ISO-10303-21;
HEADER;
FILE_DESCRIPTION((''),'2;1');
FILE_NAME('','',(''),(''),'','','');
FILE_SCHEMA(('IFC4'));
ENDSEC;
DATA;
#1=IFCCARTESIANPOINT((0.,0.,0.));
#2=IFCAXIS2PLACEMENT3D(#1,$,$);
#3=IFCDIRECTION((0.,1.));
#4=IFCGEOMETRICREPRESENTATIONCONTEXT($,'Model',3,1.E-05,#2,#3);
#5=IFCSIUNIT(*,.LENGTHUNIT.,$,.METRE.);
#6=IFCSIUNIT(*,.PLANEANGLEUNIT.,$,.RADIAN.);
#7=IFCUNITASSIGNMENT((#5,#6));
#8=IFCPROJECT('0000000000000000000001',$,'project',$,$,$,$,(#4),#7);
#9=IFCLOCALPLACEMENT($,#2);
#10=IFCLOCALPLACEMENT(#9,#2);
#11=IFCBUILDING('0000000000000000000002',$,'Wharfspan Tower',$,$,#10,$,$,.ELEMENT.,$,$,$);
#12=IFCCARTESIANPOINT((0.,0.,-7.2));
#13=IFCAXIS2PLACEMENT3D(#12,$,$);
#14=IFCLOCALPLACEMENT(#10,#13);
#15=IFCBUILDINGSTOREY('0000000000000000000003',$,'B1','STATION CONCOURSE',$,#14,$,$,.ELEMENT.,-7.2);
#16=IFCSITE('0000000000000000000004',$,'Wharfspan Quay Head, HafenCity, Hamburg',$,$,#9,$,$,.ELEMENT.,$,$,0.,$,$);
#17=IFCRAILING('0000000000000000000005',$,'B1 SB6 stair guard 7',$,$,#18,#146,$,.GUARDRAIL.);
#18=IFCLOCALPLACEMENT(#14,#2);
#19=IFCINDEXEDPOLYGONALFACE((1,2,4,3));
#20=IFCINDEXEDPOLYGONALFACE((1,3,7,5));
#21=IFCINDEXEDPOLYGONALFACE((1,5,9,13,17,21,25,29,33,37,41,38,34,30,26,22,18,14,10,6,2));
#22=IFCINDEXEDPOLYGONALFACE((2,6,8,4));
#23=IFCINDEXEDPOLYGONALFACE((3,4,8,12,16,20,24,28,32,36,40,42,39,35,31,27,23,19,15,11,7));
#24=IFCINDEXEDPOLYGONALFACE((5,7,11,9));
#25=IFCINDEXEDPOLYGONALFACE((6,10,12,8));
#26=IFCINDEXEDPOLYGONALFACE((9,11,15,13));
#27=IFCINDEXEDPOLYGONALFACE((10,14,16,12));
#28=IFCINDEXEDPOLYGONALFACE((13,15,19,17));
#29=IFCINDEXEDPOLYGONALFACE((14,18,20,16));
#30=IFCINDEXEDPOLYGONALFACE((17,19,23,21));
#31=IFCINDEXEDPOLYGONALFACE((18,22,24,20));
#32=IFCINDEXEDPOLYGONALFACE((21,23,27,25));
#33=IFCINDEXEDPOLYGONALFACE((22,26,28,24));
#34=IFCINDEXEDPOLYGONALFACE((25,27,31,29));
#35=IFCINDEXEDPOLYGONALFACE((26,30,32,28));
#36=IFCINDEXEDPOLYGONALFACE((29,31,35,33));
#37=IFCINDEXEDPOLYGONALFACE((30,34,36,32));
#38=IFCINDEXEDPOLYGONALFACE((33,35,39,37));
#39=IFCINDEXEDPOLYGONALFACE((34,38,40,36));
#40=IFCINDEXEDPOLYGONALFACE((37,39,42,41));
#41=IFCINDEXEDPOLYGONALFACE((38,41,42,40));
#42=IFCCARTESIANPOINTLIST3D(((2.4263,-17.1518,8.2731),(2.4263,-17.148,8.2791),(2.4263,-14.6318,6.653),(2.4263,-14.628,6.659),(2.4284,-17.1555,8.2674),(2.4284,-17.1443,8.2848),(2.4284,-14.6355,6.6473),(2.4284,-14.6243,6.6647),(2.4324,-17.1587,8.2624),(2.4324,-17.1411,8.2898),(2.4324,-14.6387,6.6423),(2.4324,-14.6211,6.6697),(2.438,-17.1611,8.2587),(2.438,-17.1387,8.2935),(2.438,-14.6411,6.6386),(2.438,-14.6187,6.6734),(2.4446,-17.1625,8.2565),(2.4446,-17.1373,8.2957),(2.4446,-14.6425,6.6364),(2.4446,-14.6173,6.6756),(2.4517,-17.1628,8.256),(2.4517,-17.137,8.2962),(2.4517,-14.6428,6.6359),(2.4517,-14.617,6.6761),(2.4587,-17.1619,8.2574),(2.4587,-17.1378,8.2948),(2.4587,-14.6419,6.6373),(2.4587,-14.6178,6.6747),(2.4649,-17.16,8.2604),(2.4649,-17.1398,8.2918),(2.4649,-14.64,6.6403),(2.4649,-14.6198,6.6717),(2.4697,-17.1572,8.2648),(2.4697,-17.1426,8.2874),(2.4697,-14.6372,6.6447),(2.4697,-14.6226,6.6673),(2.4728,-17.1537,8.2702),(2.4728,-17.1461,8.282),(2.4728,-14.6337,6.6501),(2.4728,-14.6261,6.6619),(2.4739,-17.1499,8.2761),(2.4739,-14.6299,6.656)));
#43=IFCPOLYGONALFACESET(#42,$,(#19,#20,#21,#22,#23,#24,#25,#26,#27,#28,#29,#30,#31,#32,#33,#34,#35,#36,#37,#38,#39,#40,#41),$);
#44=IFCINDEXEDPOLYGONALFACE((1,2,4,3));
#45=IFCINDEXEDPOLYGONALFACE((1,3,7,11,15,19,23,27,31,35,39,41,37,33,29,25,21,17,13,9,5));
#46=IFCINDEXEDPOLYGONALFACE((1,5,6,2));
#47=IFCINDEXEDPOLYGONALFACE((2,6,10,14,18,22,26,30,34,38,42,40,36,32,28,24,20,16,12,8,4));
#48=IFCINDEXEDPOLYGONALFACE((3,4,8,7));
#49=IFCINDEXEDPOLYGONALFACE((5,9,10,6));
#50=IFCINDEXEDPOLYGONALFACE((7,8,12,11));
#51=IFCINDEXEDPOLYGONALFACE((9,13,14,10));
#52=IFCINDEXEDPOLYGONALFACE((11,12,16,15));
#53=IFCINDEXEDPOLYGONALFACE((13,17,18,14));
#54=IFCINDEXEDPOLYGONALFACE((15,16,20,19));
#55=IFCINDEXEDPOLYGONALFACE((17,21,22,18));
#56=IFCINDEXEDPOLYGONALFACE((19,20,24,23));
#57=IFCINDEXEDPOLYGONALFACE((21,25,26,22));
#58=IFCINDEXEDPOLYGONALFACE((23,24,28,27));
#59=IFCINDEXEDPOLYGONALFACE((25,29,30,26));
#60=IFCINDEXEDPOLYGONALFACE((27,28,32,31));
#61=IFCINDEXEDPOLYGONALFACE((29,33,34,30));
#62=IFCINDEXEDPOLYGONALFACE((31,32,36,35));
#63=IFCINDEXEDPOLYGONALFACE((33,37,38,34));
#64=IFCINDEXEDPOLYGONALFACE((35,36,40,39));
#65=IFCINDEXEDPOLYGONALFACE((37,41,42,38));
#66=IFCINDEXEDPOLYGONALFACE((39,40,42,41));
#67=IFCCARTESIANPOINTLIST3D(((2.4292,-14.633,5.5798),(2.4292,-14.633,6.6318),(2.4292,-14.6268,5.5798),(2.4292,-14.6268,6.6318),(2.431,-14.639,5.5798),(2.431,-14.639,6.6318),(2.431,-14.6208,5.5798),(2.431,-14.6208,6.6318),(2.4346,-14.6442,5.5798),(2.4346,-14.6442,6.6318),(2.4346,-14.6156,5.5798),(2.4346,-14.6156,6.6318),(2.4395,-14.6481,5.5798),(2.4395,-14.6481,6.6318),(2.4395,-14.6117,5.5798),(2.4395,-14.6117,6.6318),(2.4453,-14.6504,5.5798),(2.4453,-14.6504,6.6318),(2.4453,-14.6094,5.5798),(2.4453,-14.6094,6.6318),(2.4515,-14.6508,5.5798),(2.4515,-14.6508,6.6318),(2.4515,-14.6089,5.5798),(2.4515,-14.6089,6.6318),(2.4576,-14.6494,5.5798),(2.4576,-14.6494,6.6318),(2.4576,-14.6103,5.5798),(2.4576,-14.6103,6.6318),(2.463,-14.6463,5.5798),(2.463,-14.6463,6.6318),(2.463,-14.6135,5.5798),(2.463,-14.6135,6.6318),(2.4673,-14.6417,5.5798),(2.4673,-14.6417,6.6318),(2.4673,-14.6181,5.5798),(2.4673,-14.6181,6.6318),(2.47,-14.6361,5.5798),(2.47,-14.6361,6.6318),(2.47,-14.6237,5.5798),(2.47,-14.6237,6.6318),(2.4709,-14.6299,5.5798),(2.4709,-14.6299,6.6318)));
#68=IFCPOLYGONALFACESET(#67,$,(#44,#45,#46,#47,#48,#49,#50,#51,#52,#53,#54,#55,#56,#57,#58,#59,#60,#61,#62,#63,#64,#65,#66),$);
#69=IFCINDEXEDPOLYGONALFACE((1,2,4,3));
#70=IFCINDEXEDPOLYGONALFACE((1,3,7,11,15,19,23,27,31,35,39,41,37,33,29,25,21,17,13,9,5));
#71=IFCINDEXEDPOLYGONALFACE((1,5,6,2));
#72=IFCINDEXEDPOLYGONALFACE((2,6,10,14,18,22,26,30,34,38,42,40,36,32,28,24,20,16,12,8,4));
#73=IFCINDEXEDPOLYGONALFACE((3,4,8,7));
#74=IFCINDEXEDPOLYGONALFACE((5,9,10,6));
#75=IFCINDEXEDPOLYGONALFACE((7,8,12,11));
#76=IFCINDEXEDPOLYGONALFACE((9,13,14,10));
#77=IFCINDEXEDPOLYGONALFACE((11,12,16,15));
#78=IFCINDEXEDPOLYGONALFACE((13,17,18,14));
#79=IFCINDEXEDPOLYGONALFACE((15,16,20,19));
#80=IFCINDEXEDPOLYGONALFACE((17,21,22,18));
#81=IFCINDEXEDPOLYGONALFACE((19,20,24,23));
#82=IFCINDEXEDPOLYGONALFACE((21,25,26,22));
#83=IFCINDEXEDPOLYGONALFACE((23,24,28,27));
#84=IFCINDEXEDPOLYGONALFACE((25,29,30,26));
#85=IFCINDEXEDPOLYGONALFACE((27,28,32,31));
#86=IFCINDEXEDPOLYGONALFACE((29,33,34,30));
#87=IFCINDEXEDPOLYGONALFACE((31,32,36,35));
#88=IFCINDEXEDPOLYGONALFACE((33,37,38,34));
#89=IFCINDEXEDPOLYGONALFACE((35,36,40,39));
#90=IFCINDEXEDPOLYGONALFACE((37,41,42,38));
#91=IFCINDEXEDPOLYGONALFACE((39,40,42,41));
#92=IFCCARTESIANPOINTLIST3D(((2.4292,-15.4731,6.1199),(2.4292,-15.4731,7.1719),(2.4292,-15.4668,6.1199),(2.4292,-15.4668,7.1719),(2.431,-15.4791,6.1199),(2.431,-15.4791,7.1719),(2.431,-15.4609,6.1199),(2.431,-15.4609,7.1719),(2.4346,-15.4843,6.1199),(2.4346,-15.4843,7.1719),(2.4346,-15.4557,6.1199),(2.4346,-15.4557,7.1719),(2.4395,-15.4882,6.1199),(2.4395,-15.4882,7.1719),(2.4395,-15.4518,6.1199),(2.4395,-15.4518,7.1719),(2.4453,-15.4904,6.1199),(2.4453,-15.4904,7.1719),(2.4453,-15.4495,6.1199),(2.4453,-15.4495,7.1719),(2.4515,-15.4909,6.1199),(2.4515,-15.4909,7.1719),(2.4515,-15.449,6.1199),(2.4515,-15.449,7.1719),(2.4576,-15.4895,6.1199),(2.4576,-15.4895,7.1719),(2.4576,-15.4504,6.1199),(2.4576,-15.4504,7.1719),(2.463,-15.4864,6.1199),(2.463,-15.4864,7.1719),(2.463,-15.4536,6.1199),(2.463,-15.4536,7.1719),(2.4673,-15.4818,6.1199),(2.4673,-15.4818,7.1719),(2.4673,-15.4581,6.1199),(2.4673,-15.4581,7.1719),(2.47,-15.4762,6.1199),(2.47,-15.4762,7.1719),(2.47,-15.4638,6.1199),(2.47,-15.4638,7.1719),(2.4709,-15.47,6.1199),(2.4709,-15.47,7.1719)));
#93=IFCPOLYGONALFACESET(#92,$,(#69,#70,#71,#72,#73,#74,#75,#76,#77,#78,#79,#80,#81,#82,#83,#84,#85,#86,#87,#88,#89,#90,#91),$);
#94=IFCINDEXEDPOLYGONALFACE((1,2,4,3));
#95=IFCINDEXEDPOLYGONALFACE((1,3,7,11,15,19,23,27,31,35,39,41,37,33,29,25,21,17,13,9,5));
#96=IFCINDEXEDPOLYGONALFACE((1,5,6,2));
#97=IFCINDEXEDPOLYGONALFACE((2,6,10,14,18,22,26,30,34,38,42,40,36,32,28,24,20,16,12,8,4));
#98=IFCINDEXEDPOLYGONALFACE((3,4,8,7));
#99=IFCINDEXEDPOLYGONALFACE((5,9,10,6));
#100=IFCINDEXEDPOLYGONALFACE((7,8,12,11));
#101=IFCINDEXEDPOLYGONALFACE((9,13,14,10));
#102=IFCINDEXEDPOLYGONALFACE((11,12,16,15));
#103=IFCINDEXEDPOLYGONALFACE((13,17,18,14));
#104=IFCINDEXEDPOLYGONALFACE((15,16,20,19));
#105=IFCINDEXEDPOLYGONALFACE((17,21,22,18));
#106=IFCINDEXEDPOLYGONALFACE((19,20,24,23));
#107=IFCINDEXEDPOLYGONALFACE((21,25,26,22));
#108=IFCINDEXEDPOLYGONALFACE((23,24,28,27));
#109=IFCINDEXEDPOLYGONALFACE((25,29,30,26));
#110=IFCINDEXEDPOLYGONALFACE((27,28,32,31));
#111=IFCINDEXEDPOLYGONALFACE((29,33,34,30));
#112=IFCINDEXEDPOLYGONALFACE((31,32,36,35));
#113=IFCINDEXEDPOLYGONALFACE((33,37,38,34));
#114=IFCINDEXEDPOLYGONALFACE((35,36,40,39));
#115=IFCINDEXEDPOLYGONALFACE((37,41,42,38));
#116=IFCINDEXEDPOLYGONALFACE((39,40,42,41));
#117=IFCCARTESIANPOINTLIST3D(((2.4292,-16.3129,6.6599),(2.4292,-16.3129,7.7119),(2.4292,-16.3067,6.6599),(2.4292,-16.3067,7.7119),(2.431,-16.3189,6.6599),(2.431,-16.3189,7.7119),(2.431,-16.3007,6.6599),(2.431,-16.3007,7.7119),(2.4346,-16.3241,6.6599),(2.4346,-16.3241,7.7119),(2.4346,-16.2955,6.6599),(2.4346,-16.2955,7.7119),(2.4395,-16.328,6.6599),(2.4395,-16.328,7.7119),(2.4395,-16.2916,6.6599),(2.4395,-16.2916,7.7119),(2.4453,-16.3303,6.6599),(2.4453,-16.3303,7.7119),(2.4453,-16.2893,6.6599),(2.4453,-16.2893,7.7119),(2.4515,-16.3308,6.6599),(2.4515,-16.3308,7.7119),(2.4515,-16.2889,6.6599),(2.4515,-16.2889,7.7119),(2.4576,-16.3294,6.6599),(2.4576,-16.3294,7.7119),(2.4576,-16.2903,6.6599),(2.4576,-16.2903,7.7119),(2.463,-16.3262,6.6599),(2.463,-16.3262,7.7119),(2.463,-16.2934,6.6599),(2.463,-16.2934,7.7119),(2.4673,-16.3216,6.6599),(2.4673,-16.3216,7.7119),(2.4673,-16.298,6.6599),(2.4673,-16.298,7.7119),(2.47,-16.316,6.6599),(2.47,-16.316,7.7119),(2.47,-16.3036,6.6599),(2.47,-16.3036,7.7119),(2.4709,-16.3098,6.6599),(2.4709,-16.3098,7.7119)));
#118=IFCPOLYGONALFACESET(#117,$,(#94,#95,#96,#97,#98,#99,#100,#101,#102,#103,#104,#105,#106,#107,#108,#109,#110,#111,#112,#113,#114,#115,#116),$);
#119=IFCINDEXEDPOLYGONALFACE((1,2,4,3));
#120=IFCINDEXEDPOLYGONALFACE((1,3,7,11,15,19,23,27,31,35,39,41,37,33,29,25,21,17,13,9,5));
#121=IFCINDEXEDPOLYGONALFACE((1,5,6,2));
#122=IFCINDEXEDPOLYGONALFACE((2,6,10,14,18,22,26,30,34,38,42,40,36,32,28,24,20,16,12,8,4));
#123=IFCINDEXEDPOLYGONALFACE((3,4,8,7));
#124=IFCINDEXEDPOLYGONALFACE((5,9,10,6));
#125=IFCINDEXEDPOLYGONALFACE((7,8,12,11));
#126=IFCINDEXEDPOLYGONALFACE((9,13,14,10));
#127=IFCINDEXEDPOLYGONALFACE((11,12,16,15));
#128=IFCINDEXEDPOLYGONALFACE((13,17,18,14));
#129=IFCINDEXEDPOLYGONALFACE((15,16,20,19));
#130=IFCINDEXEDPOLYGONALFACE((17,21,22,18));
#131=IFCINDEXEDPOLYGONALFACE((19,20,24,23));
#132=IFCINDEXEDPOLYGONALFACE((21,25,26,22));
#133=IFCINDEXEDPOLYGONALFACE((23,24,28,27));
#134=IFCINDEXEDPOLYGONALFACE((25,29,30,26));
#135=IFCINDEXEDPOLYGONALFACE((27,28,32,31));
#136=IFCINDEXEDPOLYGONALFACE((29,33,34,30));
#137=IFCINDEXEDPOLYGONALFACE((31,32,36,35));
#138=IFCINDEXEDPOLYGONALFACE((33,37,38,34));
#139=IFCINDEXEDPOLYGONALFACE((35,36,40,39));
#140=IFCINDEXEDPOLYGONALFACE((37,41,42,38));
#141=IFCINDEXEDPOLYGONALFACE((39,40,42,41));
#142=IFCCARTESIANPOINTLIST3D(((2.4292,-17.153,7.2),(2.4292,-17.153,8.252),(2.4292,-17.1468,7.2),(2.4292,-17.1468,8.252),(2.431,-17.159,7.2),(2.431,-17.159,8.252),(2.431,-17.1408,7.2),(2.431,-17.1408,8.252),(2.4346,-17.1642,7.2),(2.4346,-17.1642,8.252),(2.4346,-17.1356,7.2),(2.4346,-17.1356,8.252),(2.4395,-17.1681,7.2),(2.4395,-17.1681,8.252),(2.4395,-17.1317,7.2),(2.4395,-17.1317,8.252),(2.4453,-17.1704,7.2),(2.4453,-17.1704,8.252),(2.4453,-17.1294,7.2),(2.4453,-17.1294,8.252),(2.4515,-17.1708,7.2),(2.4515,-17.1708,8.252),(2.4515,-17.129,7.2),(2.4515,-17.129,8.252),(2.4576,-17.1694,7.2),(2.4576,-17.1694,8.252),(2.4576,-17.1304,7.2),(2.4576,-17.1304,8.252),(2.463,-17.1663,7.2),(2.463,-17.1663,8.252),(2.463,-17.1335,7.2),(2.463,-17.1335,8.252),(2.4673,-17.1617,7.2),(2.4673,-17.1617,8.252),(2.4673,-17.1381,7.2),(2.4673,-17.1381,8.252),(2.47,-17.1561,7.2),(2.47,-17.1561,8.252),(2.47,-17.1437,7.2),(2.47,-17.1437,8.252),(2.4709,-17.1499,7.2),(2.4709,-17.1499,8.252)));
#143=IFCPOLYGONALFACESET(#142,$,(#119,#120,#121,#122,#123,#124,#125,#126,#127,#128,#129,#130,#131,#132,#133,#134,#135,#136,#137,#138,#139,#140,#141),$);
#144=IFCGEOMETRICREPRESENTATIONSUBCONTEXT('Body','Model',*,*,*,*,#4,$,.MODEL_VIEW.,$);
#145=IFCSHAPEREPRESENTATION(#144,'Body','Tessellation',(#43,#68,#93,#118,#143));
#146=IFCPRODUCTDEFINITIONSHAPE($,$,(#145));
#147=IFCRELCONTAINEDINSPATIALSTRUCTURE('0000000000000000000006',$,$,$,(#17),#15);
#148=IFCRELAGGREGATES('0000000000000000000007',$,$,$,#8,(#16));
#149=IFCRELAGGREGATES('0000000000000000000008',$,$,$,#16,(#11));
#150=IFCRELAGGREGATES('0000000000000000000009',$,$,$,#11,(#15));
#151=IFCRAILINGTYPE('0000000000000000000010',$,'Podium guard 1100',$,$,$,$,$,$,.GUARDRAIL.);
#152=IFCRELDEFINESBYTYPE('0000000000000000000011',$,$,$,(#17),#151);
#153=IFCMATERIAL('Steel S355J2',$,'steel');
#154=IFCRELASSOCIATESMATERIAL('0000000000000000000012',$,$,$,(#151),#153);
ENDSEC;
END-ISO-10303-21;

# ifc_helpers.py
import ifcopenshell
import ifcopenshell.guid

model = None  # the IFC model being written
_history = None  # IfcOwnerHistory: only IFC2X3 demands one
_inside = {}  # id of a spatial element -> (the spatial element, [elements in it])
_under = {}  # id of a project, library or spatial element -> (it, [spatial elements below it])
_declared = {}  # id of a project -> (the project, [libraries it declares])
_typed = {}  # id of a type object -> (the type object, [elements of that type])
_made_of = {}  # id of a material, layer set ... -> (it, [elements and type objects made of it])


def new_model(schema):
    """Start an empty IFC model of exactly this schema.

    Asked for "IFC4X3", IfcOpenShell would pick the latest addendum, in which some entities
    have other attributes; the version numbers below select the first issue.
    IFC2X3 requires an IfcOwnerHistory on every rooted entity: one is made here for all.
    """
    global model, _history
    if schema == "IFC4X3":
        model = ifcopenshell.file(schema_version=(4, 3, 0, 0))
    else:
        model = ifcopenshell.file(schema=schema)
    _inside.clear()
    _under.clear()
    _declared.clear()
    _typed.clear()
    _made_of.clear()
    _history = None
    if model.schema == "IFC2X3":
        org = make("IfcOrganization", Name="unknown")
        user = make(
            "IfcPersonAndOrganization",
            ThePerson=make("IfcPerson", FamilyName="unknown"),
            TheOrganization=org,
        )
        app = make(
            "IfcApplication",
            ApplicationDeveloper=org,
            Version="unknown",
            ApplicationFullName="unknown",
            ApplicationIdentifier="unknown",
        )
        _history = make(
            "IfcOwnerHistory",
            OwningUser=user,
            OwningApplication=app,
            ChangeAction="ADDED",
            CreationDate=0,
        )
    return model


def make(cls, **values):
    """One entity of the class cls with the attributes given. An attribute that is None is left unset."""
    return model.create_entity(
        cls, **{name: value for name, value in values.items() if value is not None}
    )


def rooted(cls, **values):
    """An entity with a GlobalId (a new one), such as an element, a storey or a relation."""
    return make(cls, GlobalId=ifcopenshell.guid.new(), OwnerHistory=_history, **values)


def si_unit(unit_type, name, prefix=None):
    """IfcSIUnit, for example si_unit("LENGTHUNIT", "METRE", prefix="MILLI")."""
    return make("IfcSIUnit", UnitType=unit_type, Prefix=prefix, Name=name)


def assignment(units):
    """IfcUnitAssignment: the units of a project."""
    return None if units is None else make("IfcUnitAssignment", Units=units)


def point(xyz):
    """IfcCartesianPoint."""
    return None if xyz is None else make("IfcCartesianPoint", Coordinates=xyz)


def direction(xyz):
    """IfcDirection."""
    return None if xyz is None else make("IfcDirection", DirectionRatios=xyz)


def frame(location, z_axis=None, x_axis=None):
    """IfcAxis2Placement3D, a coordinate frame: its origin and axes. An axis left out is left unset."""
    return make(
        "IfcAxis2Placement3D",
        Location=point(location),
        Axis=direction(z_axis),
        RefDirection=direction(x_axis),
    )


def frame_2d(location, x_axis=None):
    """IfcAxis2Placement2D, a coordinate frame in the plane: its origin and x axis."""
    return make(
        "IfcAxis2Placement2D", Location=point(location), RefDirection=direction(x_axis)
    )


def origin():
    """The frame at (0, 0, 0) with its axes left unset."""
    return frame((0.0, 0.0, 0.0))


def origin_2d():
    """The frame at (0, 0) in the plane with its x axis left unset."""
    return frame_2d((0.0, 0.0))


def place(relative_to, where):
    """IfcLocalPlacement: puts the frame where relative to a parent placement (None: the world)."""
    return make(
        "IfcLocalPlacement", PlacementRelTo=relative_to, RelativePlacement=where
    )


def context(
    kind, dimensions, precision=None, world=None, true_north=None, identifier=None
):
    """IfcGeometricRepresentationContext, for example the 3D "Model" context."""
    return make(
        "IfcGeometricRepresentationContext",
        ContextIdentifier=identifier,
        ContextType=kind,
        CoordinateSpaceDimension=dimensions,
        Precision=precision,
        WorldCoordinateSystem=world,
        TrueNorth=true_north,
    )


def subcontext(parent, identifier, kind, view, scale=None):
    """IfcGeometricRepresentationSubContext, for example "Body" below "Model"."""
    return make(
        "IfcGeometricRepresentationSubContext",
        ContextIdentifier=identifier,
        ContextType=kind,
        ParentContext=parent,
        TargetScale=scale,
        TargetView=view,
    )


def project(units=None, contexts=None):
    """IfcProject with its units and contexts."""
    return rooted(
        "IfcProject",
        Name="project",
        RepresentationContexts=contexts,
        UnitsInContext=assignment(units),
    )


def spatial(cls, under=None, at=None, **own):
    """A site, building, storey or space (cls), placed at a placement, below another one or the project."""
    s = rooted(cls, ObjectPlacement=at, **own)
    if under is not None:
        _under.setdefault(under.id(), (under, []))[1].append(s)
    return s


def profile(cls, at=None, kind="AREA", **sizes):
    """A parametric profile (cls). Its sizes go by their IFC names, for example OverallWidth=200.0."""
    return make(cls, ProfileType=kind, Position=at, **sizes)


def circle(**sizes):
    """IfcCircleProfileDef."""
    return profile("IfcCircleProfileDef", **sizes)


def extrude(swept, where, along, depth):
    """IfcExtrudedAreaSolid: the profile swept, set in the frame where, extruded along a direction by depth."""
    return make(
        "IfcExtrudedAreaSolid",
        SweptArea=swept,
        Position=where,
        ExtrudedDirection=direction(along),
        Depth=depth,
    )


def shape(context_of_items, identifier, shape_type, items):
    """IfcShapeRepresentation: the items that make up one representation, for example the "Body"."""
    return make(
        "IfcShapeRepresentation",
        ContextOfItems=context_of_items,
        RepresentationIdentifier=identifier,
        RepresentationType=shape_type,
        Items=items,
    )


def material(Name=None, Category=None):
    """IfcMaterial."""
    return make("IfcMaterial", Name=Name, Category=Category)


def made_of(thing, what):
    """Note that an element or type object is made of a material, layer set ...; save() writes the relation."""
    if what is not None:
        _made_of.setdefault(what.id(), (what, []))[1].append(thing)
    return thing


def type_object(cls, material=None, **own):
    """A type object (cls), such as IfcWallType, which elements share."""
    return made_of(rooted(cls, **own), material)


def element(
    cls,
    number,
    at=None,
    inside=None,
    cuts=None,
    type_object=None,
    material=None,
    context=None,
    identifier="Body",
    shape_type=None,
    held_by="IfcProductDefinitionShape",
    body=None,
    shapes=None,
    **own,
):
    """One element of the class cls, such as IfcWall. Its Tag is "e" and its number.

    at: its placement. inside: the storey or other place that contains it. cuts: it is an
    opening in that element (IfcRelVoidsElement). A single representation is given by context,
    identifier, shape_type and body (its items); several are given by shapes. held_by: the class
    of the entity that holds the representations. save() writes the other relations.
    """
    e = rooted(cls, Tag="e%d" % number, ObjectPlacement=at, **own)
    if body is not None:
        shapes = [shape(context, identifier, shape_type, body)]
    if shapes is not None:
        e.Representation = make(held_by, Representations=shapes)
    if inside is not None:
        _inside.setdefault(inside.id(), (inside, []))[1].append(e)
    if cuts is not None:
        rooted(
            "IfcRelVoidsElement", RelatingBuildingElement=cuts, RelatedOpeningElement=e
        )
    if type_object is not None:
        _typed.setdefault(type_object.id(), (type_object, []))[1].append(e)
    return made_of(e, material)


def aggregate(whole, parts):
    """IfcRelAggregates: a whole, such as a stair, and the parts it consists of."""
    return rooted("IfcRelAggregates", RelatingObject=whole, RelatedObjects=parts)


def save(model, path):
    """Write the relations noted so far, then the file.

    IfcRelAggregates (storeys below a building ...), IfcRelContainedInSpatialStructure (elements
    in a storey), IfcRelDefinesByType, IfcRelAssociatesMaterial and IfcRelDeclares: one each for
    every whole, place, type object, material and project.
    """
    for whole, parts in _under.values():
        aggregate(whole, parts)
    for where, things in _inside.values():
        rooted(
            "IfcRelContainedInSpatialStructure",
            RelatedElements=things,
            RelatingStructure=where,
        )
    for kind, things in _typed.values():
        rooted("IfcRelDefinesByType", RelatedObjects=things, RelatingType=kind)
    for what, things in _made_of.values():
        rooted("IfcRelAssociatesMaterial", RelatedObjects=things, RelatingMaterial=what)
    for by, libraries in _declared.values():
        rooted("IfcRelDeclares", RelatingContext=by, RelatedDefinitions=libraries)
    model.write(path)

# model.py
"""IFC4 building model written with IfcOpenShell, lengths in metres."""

from ifc_helpers import new_model, si_unit, direction, frame, origin, origin_2d, place, context, subcontext, project, spatial, circle, extrude, material, type_object, element, save


model = new_model("IFC4")

# Units and contexts
model_context = context("Model", 3, precision=1e-05, world=origin(), true_north=direction((0.0, 1.0)))
body_context = subcontext(model_context, "Body", "Model", "MODEL_VIEW")
ifc_project = project(units=[si_unit("LENGTHUNIT", "METRE"), si_unit("PLANEANGLEUNIT", "RADIAN")], contexts=[model_context])

# Site, building, storey
site_placement = place(None, origin())
site = spatial("IfcSite", under=ifc_project, at=site_placement, Name="Wharfspan Quay Head, HafenCity, Hamburg", CompositionType="ELEMENT", RefElevation=0.0)
building_placement = place(site_placement, origin())
building = spatial("IfcBuilding", under=site, at=building_placement, Name="Wharfspan Tower", CompositionType="ELEMENT")
storey_placement = place(building_placement, frame((0.0, 0.0, -7.2)))
storey = spatial("IfcBuildingStorey", under=building, at=storey_placement, Name="B1", Description="STATION CONCOURSE", CompositionType="ELEMENT", Elevation=-7.2)

# Railing
ifc_material_1 = material(Name="Steel S355J2", Category="steel")
railing_type = type_object("IfcRailingType", Name="Podium guard 1100", PredefinedType="GUARDRAIL", material=ifc_material_1)
railing_1_placement = place(storey_placement, frame((2.45, -14.6299, 5.5798)))
element("IfcRailing", 1, at=railing_1_placement, inside=storey, type_object=railing_type, Name="B1 SB6 stair guard 7", PredefinedType="GUARDRAIL", context=body_context, shape_type="SweptSolid", body=[
    extrude(circle(Radius=0.0239, at=origin_2d()), frame((0.0, 0.0, 1.0762), z_axis=(0.0, -0.841163, 0.540782), x_axis=(1.0, 0.0, 0.0)), (0.0, 0.0, 1.0), 2.9958),
    extrude(circle(Radius=0.021, at=origin_2d()), origin(), (0.0, 0.0, 1.0), 1.052),
    extrude(circle(Radius=0.021, at=origin_2d()), frame((0.0, -0.8401, 0.54)), (0.0, 0.0, 1.0), 1.052),
    extrude(circle(Radius=0.021, at=origin_2d()), frame((0.0, -1.6799, 1.0801)), (0.0, 0.0, 1.0), 1.052),
    extrude(circle(Radius=0.021, at=origin_2d()), frame((0.0, -2.52, 1.6201)), (0.0, 0.0, 1.0), 1.052),
])

save(model, "model.ifc")
